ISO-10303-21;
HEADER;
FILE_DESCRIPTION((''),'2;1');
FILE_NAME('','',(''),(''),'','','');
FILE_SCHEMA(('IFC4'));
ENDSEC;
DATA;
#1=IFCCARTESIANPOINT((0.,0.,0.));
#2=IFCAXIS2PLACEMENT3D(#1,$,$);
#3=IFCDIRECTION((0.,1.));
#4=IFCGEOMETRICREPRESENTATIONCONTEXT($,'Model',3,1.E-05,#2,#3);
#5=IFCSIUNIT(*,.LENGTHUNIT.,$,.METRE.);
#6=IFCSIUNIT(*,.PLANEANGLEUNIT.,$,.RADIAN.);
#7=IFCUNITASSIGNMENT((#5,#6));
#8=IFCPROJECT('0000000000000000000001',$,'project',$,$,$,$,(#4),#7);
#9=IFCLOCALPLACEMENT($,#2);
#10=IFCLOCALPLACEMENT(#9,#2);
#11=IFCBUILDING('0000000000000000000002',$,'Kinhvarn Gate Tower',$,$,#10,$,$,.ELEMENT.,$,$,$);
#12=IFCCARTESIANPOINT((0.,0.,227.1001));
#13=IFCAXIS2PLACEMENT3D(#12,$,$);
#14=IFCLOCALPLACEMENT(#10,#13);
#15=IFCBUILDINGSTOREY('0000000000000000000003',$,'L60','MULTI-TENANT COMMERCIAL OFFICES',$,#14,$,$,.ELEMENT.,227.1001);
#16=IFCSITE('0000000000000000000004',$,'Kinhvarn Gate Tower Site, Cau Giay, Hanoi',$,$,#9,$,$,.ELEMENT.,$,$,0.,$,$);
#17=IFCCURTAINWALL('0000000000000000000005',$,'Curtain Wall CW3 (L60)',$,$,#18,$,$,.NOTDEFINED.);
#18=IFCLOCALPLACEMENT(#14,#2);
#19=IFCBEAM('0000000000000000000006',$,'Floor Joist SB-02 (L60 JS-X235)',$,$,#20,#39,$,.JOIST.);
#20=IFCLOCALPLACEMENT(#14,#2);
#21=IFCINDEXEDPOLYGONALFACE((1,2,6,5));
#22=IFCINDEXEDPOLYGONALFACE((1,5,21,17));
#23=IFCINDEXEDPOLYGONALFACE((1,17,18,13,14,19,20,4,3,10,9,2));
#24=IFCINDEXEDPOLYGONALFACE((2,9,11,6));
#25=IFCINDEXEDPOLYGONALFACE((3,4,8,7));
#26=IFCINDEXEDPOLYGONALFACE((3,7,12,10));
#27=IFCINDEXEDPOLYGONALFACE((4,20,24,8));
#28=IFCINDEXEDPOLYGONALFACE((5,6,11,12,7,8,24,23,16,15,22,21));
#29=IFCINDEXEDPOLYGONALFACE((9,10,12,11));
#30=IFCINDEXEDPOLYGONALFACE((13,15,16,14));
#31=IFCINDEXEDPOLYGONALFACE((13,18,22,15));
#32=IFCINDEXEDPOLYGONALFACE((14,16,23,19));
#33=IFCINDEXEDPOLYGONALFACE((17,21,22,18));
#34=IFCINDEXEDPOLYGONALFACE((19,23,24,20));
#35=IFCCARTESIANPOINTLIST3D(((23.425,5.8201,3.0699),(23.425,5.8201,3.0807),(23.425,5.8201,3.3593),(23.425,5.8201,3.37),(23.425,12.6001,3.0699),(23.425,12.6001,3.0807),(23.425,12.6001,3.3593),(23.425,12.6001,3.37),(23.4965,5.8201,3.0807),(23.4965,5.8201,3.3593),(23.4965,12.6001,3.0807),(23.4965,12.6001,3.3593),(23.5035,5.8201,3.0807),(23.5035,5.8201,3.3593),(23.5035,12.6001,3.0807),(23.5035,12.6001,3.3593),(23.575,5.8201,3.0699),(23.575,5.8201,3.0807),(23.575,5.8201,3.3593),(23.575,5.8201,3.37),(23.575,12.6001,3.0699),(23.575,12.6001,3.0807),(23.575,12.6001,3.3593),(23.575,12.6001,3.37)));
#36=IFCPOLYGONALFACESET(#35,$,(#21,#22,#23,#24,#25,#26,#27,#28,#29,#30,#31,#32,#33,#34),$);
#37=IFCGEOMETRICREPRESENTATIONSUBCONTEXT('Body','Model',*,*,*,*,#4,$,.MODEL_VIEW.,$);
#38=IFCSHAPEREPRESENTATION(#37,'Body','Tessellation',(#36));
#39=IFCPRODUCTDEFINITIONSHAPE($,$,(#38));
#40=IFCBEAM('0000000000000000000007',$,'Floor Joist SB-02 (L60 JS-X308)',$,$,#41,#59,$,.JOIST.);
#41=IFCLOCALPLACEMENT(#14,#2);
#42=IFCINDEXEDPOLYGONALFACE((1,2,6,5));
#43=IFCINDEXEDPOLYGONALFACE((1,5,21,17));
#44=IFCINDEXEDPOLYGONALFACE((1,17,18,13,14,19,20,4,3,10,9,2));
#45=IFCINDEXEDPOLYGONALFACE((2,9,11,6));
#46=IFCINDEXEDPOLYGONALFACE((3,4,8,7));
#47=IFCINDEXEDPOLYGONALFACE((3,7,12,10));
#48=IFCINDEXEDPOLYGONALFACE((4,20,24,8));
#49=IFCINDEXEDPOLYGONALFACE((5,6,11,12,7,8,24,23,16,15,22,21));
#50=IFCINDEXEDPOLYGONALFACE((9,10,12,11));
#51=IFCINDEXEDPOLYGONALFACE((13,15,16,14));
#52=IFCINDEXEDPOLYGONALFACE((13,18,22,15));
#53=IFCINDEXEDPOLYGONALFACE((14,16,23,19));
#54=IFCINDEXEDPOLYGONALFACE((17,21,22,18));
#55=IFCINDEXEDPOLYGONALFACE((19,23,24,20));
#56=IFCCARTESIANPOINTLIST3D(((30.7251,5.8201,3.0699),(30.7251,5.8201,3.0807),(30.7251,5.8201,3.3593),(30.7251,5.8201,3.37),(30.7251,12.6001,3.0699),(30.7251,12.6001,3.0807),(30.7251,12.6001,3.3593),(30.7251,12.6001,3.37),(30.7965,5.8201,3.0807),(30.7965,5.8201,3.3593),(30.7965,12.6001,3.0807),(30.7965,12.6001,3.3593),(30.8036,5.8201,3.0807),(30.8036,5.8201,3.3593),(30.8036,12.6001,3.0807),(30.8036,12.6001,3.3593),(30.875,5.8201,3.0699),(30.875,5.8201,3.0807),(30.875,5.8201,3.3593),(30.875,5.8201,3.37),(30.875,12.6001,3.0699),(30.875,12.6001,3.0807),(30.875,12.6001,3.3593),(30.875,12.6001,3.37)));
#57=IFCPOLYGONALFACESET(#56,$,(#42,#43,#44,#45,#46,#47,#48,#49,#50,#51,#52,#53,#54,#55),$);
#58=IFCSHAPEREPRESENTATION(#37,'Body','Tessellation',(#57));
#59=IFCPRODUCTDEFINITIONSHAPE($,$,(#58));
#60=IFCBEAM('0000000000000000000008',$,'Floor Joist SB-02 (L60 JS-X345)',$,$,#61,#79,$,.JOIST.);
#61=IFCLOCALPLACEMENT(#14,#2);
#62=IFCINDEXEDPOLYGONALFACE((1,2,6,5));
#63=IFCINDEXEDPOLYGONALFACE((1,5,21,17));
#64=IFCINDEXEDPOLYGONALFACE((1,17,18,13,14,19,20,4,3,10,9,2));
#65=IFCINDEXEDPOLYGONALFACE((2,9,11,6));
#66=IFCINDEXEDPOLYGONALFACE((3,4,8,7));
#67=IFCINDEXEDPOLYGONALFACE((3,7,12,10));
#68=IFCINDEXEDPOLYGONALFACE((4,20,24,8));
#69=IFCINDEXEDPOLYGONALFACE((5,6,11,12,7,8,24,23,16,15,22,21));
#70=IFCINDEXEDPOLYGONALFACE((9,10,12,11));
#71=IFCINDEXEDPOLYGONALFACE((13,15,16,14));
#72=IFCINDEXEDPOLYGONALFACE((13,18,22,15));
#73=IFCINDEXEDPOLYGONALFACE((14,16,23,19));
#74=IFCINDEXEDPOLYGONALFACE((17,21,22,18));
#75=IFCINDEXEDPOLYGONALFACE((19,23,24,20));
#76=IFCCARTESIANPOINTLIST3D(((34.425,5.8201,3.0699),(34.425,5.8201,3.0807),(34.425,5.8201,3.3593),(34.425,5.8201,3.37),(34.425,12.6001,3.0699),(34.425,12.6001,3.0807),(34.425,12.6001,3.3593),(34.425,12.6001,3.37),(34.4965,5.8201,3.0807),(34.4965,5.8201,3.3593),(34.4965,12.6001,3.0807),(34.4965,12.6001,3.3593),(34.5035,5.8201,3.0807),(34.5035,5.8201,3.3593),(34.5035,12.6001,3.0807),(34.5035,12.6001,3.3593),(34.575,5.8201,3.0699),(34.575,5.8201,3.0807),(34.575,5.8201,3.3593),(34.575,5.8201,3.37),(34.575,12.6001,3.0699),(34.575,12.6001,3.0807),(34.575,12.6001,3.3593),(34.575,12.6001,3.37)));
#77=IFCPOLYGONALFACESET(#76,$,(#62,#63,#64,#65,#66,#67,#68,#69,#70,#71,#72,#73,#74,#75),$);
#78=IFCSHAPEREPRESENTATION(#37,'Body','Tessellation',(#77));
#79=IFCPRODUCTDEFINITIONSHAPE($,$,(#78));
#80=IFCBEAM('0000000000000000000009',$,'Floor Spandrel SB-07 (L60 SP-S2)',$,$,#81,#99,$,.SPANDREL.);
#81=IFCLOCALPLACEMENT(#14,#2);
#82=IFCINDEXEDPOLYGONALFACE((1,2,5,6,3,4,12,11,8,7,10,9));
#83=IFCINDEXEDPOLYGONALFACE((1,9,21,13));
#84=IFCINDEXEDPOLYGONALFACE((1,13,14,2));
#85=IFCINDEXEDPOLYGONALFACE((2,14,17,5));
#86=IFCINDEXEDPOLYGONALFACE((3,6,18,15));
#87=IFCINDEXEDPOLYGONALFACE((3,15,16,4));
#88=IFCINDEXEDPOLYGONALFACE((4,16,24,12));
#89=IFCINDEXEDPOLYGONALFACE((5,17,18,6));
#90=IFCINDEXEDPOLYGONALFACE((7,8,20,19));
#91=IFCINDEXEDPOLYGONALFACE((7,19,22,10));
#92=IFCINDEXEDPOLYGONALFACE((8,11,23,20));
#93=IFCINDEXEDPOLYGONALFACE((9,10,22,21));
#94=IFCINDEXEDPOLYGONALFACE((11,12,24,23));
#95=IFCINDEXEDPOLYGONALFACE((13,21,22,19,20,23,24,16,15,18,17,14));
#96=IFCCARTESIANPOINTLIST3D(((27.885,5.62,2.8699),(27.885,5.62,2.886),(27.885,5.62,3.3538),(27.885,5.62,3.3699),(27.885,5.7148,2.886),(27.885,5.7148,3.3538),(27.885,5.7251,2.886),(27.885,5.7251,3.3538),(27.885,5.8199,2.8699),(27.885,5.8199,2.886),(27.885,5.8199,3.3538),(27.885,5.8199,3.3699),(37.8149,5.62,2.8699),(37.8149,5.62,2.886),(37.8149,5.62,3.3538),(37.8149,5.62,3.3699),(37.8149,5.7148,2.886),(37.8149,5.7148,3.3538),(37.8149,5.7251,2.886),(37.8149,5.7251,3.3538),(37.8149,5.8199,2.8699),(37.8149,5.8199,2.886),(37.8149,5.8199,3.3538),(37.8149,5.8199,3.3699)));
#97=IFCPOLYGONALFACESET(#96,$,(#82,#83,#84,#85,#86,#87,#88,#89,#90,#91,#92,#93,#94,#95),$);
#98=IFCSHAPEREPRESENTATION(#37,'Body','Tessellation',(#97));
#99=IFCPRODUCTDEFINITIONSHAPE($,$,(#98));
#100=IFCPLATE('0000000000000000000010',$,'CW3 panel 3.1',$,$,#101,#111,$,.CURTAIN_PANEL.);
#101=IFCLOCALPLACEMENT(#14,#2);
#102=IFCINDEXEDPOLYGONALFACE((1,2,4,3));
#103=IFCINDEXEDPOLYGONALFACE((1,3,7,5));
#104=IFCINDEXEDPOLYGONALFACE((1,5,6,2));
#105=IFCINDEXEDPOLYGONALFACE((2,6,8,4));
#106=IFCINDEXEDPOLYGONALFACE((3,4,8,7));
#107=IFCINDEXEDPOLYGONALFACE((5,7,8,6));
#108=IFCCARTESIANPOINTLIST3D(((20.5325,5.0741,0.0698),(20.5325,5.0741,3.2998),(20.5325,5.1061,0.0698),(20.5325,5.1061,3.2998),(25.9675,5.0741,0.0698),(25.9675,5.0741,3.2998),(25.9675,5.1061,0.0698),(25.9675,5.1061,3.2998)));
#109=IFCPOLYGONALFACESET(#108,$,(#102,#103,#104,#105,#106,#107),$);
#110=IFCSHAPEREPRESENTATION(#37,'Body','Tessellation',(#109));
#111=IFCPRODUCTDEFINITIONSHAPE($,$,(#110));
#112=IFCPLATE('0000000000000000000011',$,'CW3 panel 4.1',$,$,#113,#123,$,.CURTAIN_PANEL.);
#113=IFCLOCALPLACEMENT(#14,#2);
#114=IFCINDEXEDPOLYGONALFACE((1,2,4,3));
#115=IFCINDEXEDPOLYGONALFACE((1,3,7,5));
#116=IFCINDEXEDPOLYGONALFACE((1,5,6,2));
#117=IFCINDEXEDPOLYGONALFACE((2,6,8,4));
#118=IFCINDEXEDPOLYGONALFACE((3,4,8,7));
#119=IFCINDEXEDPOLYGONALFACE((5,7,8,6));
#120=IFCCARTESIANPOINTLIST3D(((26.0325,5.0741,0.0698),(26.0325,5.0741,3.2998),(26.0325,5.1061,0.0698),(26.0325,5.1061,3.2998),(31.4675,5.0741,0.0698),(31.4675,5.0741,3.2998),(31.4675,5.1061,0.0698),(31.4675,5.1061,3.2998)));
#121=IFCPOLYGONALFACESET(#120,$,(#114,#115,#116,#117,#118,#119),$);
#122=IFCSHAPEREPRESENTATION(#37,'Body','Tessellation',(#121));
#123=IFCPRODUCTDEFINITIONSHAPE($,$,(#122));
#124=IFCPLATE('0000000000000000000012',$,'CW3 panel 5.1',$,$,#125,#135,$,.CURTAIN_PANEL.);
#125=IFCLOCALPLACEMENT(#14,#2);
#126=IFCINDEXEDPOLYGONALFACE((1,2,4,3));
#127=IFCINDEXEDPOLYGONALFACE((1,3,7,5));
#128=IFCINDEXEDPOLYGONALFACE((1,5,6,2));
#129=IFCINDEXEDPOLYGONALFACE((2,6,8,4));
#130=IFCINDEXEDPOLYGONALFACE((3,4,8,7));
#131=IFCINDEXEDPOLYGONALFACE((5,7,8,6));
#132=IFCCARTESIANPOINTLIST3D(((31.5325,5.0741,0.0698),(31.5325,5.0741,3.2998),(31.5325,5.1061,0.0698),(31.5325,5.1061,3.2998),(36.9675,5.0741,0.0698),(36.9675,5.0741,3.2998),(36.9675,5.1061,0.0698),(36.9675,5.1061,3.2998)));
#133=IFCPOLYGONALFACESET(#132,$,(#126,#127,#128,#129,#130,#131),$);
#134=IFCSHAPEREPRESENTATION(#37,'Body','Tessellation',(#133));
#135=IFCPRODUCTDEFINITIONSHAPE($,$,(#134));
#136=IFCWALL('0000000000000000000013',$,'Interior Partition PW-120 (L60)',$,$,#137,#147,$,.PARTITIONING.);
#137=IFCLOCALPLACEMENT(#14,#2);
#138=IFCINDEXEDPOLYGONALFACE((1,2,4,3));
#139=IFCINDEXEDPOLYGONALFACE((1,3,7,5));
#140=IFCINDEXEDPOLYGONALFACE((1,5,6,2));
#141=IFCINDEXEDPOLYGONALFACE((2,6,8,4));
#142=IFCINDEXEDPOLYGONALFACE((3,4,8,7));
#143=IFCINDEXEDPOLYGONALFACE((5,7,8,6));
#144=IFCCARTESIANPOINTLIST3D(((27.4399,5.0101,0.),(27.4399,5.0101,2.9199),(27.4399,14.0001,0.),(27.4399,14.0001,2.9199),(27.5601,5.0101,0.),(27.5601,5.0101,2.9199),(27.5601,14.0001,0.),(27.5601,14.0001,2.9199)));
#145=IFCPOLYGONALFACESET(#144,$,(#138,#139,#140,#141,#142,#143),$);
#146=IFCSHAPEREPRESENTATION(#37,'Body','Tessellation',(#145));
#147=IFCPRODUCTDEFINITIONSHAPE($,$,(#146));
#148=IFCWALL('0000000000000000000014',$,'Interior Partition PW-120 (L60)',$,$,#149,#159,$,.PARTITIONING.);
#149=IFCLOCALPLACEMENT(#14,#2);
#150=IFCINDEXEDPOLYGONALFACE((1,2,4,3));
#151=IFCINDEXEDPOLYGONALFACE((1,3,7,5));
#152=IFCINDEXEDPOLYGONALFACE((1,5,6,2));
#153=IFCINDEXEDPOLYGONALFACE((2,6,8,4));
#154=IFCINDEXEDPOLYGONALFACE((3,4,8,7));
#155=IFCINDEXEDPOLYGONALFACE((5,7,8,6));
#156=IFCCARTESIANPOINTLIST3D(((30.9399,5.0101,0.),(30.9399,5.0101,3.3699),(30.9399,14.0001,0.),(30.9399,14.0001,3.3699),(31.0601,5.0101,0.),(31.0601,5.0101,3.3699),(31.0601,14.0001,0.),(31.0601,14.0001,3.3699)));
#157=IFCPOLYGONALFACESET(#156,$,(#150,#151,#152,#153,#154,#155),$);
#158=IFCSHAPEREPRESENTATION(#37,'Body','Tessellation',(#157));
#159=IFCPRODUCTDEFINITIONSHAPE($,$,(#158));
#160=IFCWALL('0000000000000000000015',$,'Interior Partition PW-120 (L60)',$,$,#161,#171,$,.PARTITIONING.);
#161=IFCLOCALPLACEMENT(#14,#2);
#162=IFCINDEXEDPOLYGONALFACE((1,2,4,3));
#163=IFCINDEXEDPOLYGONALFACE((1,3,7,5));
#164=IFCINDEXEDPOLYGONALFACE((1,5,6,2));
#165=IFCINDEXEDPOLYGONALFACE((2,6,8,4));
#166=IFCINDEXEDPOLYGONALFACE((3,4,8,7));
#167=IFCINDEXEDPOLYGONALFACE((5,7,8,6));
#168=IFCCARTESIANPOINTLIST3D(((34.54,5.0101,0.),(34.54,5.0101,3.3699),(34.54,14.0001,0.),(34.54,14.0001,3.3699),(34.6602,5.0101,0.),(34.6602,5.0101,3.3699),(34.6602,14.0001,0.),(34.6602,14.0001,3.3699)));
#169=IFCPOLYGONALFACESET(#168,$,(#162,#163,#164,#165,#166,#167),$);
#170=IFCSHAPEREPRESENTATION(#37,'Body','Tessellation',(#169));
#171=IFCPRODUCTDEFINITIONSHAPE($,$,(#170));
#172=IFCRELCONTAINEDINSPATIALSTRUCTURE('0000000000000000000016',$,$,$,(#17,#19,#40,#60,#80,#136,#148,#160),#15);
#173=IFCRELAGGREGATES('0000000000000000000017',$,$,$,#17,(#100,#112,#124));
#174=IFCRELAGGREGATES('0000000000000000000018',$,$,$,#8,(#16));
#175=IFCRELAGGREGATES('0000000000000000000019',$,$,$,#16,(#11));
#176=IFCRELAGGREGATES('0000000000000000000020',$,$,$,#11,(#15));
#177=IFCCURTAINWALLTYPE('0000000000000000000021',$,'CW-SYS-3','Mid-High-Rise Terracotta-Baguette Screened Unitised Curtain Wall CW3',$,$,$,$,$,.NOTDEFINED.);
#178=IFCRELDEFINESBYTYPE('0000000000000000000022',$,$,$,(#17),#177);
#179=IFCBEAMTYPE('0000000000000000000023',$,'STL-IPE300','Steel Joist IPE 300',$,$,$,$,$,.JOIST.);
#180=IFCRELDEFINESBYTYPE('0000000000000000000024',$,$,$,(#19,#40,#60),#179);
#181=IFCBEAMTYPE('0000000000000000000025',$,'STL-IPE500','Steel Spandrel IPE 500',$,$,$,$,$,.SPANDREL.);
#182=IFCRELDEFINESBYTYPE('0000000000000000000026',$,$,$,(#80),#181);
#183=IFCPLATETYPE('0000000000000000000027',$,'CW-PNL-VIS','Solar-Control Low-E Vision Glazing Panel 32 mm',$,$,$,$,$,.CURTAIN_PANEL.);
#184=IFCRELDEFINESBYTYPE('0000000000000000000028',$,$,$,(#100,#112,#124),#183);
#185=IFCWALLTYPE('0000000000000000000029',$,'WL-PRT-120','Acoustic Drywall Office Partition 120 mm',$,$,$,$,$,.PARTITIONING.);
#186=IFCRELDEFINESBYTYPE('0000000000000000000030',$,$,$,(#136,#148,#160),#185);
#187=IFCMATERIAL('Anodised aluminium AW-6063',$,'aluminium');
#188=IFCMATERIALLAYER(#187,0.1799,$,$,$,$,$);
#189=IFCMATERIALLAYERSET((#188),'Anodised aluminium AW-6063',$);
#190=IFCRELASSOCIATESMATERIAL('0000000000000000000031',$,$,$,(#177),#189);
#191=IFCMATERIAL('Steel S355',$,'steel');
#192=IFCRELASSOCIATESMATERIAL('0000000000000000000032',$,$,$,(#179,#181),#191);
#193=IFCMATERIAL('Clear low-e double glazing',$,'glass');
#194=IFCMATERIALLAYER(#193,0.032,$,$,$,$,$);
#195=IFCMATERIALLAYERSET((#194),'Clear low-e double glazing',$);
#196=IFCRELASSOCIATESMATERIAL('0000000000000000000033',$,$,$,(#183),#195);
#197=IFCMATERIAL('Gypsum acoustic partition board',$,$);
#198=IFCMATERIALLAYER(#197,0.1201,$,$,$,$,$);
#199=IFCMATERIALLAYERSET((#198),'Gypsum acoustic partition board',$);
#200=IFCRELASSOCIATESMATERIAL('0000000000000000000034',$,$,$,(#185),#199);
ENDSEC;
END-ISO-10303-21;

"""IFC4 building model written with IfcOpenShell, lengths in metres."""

from ifc_helpers import new_model, si_unit, direction, frame, frame_2d, origin, origin_2d, place, context, subcontext, project, spatial, rectangle, i_section, extrude, material, layer, layer_set, material_profile, profile_set, type_object, element, aggregate, save


model = new_model("IFC4")

# Units and contexts
model_context = context("Model", 3, precision=1e-05, world=origin(), true_north=direction((0.0, 1.0)))
body_context = subcontext(model_context, "Body", "Model", "MODEL_VIEW")
ifc_project = project(units=[si_unit("LENGTHUNIT", "METRE"), si_unit("PLANEANGLEUNIT", "RADIAN")], contexts=[model_context])

# Site, building, storey
site_placement = place(None, origin())
site = spatial("IfcSite", under=ifc_project, at=site_placement, Name="Kinhvarn Gate Tower Site, Cau Giay, Hanoi", CompositionType="ELEMENT", RefElevation=0.0)
building_placement = place(site_placement, origin())
building = spatial("IfcBuilding", under=site, at=building_placement, Name="Kinhvarn Gate Tower", CompositionType="ELEMENT")
storey_placement = place(building_placement, frame((0.0, 0.0, 227.1001)))
storey = spatial("IfcBuildingStorey", under=building, at=storey_placement, Name="L60", Description="MULTI-TENANT COMMERCIAL OFFICES", CompositionType="ELEMENT", Elevation=227.1001)

# Curtain wall
ifc_material_1 = material(Name="Anodised aluminium AW-6063", Category="aluminium")
ifc_layer_1 = layer(ifc_material_1, 0.1799)
ifc_layer_set_1 = layer_set([ifc_layer_1], Name="Anodised aluminium AW-6063")
curtain_wall_type = type_object("IfcCurtainWallType", Name="CW-SYS-3", Description="Mid-High-Rise Terracotta-Baguette Screened Unitised Curtain Wall CW3", PredefinedType="NOTDEFINED", material=ifc_layer_set_1)
curtain_wall_placement = place(storey_placement, origin())
curtain_wall = element("IfcCurtainWall", 1, at=curtain_wall_placement, inside=storey, type_object=curtain_wall_type, Name="Curtain Wall CW3 (L60)", PredefinedType="NOTDEFINED")

# Beams
ifc_material_2 = material(Name="Steel S355", Category="steel")
ifc_material_profile_1 = material_profile(ifc_material_2, i_section(OverallWidth=0.1499, OverallDepth=0.3, WebThickness=0.0071, FlangeThickness=0.0107, at=origin_2d()), Name="IPE 300")
ifc_profile_set_1 = profile_set([ifc_material_profile_1], Name="Steel S355")
beam_type_1 = type_object("IfcBeamType", Name="STL-IPE300", Description="Steel Joist IPE 300", PredefinedType="JOIST", material=ifc_profile_set_1)
for number, where, z_axis, x_axis, name in (
    (2, (23.5, 5.8201, 3.22), (0.0, 1.0, 0.0), (-1.0, 0.0, 0.0), "Floor Joist SB-02 (L60 JS-X235)"),
    (3, (30.8, 5.8201, 3.22), (0.0, 1.0, 0.0), (-1.0, 0.0, 0.0), "Floor Joist SB-02 (L60 JS-X308)"),
    (4, (34.5, 5.8201, 3.22), (0.0, 1.0, 0.0), (-1.0, 0.0, 0.0), "Floor Joist SB-02 (L60 JS-X345)"),
):
    element("IfcBeam", number, at=place(storey_placement, frame(where, z_axis=z_axis, x_axis=x_axis)), inside=storey, type_object=beam_type_1, Name=name, PredefinedType="JOIST", context=body_context, shape_type="SweptSolid", body=[
        extrude(i_section(OverallWidth=0.1499, OverallDepth=0.3, WebThickness=0.0071, FlangeThickness=0.0107, at=origin_2d()), origin(), (0.0, 0.0, 1.0), 6.78),
    ])
ifc_material_profile_2 = material_profile(ifc_material_2, i_section(OverallWidth=0.2, OverallDepth=0.5, WebThickness=0.0103, FlangeThickness=0.0161, at=origin_2d()), Name="IPE 500")
ifc_profile_set_2 = profile_set([ifc_material_profile_2], Name="Steel S355")
beam_type_2 = type_object("IfcBeamType", Name="STL-IPE500", Description="Steel Spandrel IPE 500", PredefinedType="SPANDREL", material=ifc_profile_set_2)
beam_1_placement = place(storey_placement, frame((27.885, 5.72, 3.1199), z_axis=(1.0, 0.0, 0.0), x_axis=(0.0, 1.0, 0.0)))
element("IfcBeam", 5, at=beam_1_placement, inside=storey, type_object=beam_type_2, Name="Floor Spandrel SB-07 (L60 SP-S2)", PredefinedType="SPANDREL", context=body_context, shape_type="SweptSolid", body=[
    extrude(i_section(OverallWidth=0.2, OverallDepth=0.5, WebThickness=0.0103, FlangeThickness=0.0161, at=origin_2d()), origin(), (0.0, 0.0, 1.0), 9.9299),
])

# Plates
ifc_material_3 = material(Name="Clear low-e double glazing", Category="glass")
ifc_layer_2 = layer(ifc_material_3, 0.032)
ifc_layer_set_2 = layer_set([ifc_layer_2], Name="Clear low-e double glazing")
plate_type = type_object("IfcPlateType", Name="CW-PNL-VIS", Description="Solar-Control Low-E Vision Glazing Panel 32 mm", PredefinedType="CURTAIN_PANEL", material=ifc_layer_set_2)
plate_1_placement = place(storey_placement, frame((23.25, 5.0901, 0.0698), z_axis=(0.0, 0.0, 1.0), x_axis=(1.0, 0.0, 0.0)))
plate_1 = element("IfcPlate", 6, at=plate_1_placement, type_object=plate_type, Name="CW3 panel 3.1", PredefinedType="CURTAIN_PANEL", context=body_context, shape_type="SweptSolid", body=[
    extrude(rectangle(XDim=5.4351, YDim=0.032, at=origin_2d()), origin(), (0.0, 0.0, 1.0), 3.23),
])
plate_2_placement = place(storey_placement, frame((28.75, 5.0901, 0.0698), z_axis=(0.0, 0.0, 1.0), x_axis=(1.0, 0.0, 0.0)))
plate_2 = element("IfcPlate", 7, at=plate_2_placement, type_object=plate_type, Name="CW3 panel 4.1", PredefinedType="CURTAIN_PANEL", context=body_context, shape_type="SweptSolid", body=[
    extrude(rectangle(XDim=5.4351, YDim=0.032, at=origin_2d()), origin(), (0.0, 0.0, 1.0), 3.23),
])
plate_3_placement = place(storey_placement, frame((34.25, 5.0901, 0.0698), z_axis=(0.0, 0.0, 1.0), x_axis=(1.0, 0.0, 0.0)))
plate_3 = element("IfcPlate", 8, at=plate_3_placement, type_object=plate_type, Name="CW3 panel 5.1", PredefinedType="CURTAIN_PANEL", context=body_context, shape_type="SweptSolid", body=[
    extrude(rectangle(XDim=5.4351, YDim=0.032, at=origin_2d()), origin(), (0.0, 0.0, 1.0), 3.23),
])
aggregate(curtain_wall, [plate_1, plate_2, plate_3])

# Walls
ifc_material_4 = material(Name="Gypsum acoustic partition board")
ifc_layer_3 = layer(ifc_material_4, 0.1201)
ifc_layer_set_3 = layer_set([ifc_layer_3], Name="Gypsum acoustic partition board")
wall_type = type_object("IfcWallType", Name="WL-PRT-120", Description="Acoustic Drywall Office Partition 120 mm", PredefinedType="PARTITIONING", material=ifc_layer_set_3)
wall_placement = place(storey_placement, frame((27.5, 5.01, 0.0), z_axis=(0.0, 0.0, 1.0), x_axis=(0.0, 1.0, 0.0)))
element("IfcWall", 9, at=wall_placement, inside=storey, type_object=wall_type, Name="Interior Partition PW-120 (L60)", PredefinedType="PARTITIONING", context=body_context, shape_type="SweptSolid", body=[
    extrude(rectangle(XDim=8.99, YDim=0.1201, at=frame_2d((4.4951, 0.0))), origin(), (0.0, 0.0, 1.0), 2.9199),
])
for number, where, z_axis, x_axis, name in (
    (10, (31.0, 5.01, 0.0), (0.0, 0.0, 1.0), (0.0, 1.0, 0.0), "Interior Partition PW-120 (L60)"),
    (11, (34.6001, 5.01, 0.0), (0.0, 0.0, 1.0), (0.0, 1.0, 0.0), "Interior Partition PW-120 (L60)"),
):
    element("IfcWall", number, at=place(storey_placement, frame(where, z_axis=z_axis, x_axis=x_axis)), inside=storey, type_object=wall_type, Name=name, PredefinedType="PARTITIONING", context=body_context, shape_type="SweptSolid", body=[
        extrude(rectangle(XDim=8.99, YDim=0.1201, at=frame_2d((4.4951, 0.0))), origin(), (0.0, 0.0, 1.0), 3.3699),
    ])

save(model, "model.ifc")
